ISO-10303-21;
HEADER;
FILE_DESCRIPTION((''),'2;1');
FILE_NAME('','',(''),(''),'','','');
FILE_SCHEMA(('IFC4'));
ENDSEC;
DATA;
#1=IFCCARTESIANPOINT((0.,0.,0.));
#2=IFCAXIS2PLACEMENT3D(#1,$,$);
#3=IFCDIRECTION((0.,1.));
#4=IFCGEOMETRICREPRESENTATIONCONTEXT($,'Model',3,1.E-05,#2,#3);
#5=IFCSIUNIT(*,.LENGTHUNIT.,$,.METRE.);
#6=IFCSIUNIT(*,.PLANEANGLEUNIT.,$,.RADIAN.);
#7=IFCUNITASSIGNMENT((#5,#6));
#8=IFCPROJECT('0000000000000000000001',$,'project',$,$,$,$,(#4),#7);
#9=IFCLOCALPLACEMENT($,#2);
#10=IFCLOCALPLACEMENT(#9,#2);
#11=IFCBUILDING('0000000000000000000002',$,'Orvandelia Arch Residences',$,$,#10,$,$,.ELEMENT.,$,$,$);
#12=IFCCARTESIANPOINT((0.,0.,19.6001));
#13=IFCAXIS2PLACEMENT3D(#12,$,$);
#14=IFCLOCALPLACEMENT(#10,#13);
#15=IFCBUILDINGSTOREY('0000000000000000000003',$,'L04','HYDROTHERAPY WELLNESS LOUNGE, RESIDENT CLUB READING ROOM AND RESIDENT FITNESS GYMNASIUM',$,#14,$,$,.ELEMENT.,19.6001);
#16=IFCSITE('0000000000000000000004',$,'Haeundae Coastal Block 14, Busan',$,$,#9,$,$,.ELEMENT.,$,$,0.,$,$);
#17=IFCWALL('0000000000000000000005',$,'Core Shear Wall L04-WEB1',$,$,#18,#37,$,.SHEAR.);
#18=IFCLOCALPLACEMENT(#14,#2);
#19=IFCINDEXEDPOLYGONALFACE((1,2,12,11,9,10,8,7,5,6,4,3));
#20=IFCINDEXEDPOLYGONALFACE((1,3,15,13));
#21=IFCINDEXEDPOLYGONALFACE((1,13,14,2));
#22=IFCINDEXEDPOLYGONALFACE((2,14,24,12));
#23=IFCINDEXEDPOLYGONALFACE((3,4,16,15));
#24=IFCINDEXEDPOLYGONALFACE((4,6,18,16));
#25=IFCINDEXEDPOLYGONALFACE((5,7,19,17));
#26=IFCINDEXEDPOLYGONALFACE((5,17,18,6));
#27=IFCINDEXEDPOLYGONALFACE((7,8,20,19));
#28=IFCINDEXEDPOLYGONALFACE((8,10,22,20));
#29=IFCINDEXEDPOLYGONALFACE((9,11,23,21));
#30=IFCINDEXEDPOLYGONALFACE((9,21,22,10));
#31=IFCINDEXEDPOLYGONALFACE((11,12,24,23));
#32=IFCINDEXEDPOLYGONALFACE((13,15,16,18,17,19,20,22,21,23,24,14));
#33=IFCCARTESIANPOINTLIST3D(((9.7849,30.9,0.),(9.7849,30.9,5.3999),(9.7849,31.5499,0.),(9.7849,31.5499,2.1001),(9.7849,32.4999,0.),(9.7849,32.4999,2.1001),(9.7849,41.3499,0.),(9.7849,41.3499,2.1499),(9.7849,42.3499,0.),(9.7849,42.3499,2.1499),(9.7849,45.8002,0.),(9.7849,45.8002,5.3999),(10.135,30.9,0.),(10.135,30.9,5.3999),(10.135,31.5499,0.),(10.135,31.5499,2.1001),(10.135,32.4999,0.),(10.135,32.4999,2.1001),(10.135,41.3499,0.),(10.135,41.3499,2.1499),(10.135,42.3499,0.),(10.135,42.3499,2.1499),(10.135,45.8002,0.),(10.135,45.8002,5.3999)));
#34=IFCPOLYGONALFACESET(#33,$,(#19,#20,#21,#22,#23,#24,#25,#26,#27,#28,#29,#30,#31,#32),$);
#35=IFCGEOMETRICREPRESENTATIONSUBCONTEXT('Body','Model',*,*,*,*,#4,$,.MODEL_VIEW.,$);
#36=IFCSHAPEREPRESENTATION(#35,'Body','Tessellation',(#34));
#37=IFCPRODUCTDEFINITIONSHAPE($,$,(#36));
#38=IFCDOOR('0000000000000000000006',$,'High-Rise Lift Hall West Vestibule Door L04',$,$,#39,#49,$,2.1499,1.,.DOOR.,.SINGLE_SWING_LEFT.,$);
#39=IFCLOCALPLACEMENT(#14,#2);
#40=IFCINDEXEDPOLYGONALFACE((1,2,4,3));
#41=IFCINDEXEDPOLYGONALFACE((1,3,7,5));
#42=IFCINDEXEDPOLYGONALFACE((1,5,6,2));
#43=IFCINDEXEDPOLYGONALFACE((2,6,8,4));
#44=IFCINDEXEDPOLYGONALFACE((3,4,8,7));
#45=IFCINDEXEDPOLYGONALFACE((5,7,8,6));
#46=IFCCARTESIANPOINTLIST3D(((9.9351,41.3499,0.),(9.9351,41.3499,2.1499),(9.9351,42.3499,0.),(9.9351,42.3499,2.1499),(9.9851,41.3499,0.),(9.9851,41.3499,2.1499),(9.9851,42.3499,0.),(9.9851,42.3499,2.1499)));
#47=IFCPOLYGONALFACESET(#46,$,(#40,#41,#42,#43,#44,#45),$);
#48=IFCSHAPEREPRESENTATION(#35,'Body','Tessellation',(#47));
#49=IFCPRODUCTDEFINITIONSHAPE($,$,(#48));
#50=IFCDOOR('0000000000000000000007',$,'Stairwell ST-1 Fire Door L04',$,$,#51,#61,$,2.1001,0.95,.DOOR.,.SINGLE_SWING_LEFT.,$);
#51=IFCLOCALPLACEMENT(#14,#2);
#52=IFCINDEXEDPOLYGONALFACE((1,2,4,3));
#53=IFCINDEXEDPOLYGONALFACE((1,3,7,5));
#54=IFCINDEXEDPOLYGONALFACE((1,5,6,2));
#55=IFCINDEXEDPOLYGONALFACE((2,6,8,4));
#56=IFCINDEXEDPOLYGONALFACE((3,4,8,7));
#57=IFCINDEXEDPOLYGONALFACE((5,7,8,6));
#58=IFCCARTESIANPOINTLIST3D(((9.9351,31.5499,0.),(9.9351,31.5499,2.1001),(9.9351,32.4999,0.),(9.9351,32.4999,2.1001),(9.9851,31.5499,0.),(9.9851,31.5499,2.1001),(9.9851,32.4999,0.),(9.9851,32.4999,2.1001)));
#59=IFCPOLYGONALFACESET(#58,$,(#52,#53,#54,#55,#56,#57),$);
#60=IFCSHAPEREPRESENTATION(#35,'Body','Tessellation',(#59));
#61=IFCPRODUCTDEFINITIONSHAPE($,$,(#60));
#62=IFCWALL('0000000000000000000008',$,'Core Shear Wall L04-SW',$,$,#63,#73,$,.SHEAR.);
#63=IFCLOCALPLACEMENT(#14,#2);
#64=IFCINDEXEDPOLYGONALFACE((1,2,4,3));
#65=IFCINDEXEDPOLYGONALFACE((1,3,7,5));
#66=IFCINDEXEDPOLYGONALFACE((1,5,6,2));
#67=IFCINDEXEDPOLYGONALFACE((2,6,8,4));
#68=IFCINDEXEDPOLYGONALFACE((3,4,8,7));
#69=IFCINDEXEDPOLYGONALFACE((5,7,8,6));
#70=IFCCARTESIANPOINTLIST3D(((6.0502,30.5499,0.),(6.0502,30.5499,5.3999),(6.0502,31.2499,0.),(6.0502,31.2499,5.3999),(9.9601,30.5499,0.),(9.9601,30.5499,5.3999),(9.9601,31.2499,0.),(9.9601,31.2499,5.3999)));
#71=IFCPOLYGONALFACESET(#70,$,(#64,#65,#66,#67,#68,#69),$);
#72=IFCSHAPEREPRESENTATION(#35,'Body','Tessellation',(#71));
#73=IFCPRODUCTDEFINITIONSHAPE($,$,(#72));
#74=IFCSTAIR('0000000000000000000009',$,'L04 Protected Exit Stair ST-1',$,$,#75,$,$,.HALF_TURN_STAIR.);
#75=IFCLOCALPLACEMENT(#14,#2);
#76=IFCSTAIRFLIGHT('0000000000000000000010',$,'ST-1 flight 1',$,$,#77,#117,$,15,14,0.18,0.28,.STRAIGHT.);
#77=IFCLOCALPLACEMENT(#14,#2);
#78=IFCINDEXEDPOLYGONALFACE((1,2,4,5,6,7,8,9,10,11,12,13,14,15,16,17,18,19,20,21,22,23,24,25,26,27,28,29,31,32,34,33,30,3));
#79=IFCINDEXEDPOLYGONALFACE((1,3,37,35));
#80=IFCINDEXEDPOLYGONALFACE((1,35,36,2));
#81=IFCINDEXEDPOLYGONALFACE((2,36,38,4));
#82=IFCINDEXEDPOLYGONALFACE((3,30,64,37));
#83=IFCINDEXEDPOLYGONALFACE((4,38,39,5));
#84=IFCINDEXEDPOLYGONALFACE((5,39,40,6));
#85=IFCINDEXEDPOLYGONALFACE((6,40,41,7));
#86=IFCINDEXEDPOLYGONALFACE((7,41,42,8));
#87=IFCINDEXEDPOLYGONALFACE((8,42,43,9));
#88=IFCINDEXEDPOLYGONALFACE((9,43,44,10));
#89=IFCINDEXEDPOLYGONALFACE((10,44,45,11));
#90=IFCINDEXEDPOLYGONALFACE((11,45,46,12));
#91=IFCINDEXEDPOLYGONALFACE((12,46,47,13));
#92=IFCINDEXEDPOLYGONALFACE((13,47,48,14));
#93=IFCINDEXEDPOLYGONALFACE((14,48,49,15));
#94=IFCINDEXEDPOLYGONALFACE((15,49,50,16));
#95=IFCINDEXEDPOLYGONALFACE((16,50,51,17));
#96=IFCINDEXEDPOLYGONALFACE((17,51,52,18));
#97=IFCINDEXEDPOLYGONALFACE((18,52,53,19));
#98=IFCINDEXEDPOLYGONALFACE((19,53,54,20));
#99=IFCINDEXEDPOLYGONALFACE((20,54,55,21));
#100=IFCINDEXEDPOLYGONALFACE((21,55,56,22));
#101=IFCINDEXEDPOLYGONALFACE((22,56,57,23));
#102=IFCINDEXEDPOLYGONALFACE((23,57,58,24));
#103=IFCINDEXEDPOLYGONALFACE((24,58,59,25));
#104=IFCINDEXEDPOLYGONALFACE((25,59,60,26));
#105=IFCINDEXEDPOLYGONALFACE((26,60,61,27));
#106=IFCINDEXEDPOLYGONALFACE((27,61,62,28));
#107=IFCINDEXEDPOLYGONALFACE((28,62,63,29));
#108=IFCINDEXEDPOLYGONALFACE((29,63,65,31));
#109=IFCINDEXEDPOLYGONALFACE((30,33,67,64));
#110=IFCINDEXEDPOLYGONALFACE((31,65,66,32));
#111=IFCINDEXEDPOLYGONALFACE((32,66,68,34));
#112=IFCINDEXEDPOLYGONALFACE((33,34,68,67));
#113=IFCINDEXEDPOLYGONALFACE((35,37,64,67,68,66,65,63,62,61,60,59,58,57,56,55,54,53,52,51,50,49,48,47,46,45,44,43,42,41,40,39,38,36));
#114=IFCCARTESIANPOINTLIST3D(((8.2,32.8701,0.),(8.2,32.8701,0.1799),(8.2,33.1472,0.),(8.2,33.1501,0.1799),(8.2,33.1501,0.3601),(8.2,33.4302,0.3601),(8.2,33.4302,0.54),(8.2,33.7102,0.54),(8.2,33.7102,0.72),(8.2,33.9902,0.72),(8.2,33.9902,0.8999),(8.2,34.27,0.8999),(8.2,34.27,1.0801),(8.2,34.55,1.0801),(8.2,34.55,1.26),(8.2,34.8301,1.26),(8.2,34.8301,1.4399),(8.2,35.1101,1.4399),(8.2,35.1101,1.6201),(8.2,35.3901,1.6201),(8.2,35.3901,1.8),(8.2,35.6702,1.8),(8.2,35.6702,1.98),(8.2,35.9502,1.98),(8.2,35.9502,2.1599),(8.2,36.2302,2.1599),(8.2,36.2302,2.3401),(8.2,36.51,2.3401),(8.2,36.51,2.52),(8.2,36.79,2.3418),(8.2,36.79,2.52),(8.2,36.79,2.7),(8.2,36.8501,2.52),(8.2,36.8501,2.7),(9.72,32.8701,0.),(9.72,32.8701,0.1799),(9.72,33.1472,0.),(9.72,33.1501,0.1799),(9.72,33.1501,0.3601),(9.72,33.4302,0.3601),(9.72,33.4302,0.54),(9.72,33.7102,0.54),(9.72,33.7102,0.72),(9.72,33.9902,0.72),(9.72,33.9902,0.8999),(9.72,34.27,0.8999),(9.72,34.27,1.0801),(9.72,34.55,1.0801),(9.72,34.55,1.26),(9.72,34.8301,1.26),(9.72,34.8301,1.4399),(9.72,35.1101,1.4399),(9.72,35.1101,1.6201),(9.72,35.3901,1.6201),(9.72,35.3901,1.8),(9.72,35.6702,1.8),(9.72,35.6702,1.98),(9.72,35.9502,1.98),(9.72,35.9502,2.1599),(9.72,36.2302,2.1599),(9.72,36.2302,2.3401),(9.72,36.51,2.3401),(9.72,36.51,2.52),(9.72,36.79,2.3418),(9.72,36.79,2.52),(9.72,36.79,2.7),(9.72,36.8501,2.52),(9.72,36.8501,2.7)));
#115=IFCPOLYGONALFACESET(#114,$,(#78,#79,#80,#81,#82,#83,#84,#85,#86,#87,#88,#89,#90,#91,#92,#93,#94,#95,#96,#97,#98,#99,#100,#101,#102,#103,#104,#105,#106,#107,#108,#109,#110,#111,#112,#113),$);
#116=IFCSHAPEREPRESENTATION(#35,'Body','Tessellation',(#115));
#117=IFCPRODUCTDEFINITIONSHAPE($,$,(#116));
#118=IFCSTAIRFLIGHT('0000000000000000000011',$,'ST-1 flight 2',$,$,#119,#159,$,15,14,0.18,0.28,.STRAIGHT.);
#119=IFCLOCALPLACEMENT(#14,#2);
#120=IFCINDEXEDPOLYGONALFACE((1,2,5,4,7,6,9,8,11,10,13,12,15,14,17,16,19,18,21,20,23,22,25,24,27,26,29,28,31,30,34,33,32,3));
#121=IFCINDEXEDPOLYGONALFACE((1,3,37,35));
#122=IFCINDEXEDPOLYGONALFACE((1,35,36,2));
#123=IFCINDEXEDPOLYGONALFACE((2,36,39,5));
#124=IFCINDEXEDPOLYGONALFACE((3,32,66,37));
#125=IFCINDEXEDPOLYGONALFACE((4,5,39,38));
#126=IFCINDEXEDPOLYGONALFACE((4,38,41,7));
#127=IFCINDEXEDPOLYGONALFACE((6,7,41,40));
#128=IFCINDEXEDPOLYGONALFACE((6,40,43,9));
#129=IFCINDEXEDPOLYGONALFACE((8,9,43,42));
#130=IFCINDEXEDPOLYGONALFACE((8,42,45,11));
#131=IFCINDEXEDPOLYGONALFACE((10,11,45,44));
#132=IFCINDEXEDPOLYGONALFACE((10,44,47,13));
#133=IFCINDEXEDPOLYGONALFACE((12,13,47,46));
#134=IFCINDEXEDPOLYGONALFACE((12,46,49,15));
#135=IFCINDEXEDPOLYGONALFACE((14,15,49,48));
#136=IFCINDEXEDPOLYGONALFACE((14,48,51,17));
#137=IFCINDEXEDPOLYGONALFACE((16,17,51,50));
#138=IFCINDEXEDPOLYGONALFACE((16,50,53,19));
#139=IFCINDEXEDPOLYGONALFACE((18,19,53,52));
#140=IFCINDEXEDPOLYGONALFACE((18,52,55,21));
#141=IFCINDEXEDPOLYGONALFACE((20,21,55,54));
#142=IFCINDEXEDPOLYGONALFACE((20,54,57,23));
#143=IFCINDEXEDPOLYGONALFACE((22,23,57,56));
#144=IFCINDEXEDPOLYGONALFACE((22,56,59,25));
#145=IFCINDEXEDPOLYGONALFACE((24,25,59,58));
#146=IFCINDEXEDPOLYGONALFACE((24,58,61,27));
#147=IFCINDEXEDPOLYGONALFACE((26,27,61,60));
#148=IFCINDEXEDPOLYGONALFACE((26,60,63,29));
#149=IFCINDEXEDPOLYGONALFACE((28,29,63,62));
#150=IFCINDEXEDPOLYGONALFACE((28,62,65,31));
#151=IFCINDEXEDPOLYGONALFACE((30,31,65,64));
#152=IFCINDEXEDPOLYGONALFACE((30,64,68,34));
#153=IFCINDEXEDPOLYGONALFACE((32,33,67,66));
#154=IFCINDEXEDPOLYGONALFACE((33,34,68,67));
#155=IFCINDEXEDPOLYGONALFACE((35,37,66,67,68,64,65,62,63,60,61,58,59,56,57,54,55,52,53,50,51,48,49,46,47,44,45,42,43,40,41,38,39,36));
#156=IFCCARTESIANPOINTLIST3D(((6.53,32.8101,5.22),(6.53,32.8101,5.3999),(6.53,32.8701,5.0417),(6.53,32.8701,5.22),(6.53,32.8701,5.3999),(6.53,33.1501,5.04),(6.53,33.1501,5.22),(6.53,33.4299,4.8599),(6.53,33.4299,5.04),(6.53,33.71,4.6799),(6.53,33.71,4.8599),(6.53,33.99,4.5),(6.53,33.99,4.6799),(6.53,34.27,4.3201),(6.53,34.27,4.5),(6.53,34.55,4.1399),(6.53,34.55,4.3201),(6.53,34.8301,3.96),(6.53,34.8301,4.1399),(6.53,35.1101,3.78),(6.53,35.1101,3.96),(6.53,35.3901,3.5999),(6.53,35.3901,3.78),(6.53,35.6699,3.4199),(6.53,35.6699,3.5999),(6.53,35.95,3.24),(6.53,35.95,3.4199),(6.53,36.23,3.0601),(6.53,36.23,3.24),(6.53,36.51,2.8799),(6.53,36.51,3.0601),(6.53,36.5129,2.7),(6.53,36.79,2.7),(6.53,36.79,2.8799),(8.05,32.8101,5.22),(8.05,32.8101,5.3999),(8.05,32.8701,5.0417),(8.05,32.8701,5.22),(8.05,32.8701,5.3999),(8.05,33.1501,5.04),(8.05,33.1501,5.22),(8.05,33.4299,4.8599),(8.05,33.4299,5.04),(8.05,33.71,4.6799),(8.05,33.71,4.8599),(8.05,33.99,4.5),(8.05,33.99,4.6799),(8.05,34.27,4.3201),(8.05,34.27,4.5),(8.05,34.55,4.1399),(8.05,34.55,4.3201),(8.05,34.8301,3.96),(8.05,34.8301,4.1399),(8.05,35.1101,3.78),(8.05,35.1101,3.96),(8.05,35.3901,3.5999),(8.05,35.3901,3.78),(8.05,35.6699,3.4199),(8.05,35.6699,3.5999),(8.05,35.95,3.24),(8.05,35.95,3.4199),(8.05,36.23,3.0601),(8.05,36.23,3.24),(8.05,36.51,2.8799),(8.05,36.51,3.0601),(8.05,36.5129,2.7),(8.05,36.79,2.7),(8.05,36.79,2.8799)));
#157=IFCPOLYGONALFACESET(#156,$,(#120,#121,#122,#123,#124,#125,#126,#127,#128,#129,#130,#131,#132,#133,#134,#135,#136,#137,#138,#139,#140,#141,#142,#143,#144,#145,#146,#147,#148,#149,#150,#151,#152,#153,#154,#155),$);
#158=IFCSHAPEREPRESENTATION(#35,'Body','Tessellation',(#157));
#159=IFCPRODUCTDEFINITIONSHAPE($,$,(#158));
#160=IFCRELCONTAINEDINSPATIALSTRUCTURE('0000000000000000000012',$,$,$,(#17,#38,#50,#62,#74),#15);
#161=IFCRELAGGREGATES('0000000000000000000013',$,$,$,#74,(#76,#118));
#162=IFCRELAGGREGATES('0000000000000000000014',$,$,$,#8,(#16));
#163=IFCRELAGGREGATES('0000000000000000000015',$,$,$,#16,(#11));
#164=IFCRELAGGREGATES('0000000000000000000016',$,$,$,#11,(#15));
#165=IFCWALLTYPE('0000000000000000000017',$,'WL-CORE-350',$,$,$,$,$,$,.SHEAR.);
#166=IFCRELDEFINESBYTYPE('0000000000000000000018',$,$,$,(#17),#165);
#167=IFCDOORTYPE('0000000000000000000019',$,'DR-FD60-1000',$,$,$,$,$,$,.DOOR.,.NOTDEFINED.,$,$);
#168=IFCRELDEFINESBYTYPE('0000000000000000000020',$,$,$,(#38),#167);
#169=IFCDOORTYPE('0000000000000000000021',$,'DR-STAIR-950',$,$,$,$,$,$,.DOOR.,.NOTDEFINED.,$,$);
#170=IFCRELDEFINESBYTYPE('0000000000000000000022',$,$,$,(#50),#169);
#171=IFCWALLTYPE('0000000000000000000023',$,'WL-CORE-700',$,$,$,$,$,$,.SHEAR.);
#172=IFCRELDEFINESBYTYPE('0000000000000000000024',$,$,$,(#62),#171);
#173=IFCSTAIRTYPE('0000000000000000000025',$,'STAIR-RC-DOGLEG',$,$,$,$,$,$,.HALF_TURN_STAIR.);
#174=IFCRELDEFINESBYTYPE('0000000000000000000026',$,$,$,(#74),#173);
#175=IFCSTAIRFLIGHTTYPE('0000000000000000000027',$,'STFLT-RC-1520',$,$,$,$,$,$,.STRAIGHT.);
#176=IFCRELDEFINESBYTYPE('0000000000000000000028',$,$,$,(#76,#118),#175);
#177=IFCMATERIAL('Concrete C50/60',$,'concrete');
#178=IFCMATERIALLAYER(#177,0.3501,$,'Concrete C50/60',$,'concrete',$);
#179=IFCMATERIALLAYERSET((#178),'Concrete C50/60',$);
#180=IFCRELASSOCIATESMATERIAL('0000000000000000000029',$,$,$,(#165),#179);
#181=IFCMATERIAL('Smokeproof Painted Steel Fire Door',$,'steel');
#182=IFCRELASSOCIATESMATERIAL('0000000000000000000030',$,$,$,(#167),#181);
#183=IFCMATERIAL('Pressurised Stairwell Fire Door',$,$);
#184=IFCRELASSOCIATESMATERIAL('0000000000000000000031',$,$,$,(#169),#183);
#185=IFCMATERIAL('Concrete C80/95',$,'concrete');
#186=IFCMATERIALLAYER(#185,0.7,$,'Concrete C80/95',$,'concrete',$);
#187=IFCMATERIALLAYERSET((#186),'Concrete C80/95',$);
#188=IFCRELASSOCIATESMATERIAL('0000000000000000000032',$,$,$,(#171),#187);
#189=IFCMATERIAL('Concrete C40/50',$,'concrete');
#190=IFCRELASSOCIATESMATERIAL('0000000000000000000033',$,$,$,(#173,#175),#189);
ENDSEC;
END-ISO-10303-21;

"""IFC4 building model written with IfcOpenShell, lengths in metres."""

from ifc_helpers import new_model, si_unit, direction, frame, frame_2d, origin, place, context, subcontext, project, spatial, polyline, rectangle, outline, extrude, material, layer, layer_set, type_object, element, fill, aggregate, save


model = new_model("IFC4")

# Units and contexts
model_context = context("Model", 3, precision=1e-05, world=origin(), true_north=direction((0.0, 1.0)))
body_context = subcontext(model_context, "Body", "Model", "MODEL_VIEW")
ifc_project = project(units=[si_unit("LENGTHUNIT", "METRE"), si_unit("PLANEANGLEUNIT", "RADIAN")], contexts=[model_context])

# Site, building, storey
site_placement = place(None, origin())
site = spatial("IfcSite", under=ifc_project, at=site_placement, Name="Haeundae Coastal Block 14, Busan", CompositionType="ELEMENT", RefElevation=0.0)
building_placement = place(site_placement, origin())
building = spatial("IfcBuilding", under=site, at=building_placement, Name="Orvandelia Arch Residences", CompositionType="ELEMENT")
storey_placement = place(building_placement, frame((0.0, 0.0, 19.6001)))
storey = spatial("IfcBuildingStorey", under=building, at=storey_placement, Name="L04", Description="HYDROTHERAPY WELLNESS LOUNGE, RESIDENT CLUB READING ROOM AND RESIDENT FITNESS GYMNASIUM", CompositionType="ELEMENT", Elevation=19.6001)

# Shared definitions
ifc_material_1 = material(Name="Concrete C80/95", Category="concrete")

# Wall, openings, doors
ifc_material_2 = material(Name="Concrete C50/60", Category="concrete")
ifc_layer_1 = layer(ifc_material_2, 0.3501, Name="Concrete C50/60", Category="concrete")
ifc_layer_set_1 = layer_set([ifc_layer_1], Name="Concrete C50/60")
wall_type_1 = type_object("IfcWallType", Name="WL-CORE-350", PredefinedType="SHEAR", material=ifc_layer_set_1)
wall_1_placement = place(storey_placement, frame((9.96, 30.8999, 0.0), z_axis=(0.0, 0.0, 1.0), x_axis=(0.0, 1.0, 0.0)))
wall_1 = element("IfcWall", 1, at=wall_1_placement, inside=storey, type_object=wall_type_1, Name="Core Shear Wall L04-WEB1", PredefinedType="SHEAR", context=body_context, shape_type="SweptSolid", body=[
    extrude(rectangle(XDim=14.9001, YDim=0.3501, at=frame_2d((7.4502, 0.0))), origin(), (0.0, 0.0, 1.0), 5.3999),
])
opening_1_placement = place(wall_1_placement, frame((0.6499, 0.0, 0.0)))
opening_1 = element("IfcOpeningElement", 2, at=opening_1_placement, cuts=wall_1, PredefinedType="OPENING", context=body_context, shape_type="SweptSolid", body=[
    extrude(rectangle(XDim=0.95, YDim=2.1001, at=frame_2d((0.4751, 1.05))), frame((0.0, 0.1851, 0.0), z_axis=(0.0, -1.0, 0.0), x_axis=(1.0, 0.0, 0.0)), (0.0, 0.0, 1.0), 0.3701),
])
opening_2_placement = place(wall_1_placement, frame((10.45, 0.0, 0.0)))
opening_2 = element("IfcOpeningElement", 3, at=opening_2_placement, cuts=wall_1, PredefinedType="OPENING", context=body_context, shape_type="SweptSolid", body=[
    extrude(rectangle(XDim=1.0, YDim=2.1499, at=frame_2d((0.5, 1.075))), frame((0.0, 0.1851, 0.0), z_axis=(0.0, -1.0, 0.0), x_axis=(1.0, 0.0, 0.0)), (0.0, 0.0, 1.0), 0.3701),
])
ifc_material_3 = material(Name="Smokeproof Painted Steel Fire Door", Category="steel")
door_type_1 = type_object("IfcDoorType", Name="DR-FD60-1000", OperationType="NOTDEFINED", PredefinedType="DOOR", material=ifc_material_3)
door_1_placement = place(opening_2_placement, origin())
door_1 = element("IfcDoor", 4, at=door_1_placement, inside=storey, type_object=door_type_1, Name="High-Rise Lift Hall West Vestibule Door L04", OperationType="SINGLE_SWING_LEFT", OverallHeight=2.1499, OverallWidth=1.0, PredefinedType="DOOR", context=body_context, shape_type="SweptSolid", body=[
    extrude(rectangle(XDim=1.0, YDim=2.1499, at=frame_2d((0.5, 1.075))), frame((0.0, 0.0249, 0.0), z_axis=(0.0, -1.0, 0.0), x_axis=(1.0, 0.0, 0.0)), (0.0, 0.0, 1.0), 0.05),
])
fill(opening_2, door_1)
ifc_material_4 = material(Name="Pressurised Stairwell Fire Door")
door_type_2 = type_object("IfcDoorType", Name="DR-STAIR-950", OperationType="NOTDEFINED", PredefinedType="DOOR", material=ifc_material_4)
door_2_placement = place(opening_1_placement, origin())
door_2 = element("IfcDoor", 5, at=door_2_placement, inside=storey, type_object=door_type_2, Name="Stairwell ST-1 Fire Door L04", OperationType="SINGLE_SWING_LEFT", OverallHeight=2.1001, OverallWidth=0.95, PredefinedType="DOOR", context=body_context, shape_type="SweptSolid", body=[
    extrude(rectangle(XDim=0.95, YDim=2.1001, at=frame_2d((0.4751, 1.05))), frame((0.0, 0.0249, 0.0), z_axis=(0.0, -1.0, 0.0), x_axis=(1.0, 0.0, 0.0)), (0.0, 0.0, 1.0), 0.05),
])
fill(opening_1, door_2)

# Wall
ifc_layer_2 = layer(ifc_material_1, 0.7, Name="Concrete C80/95", Category="concrete")
ifc_layer_set_2 = layer_set([ifc_layer_2], Name="Concrete C80/95")
wall_type_2 = type_object("IfcWallType", Name="WL-CORE-700", PredefinedType="SHEAR", material=ifc_layer_set_2)
wall_2_placement = place(storey_placement, frame((6.05, 30.8999, 0.0), z_axis=(0.0, 0.0, 1.0), x_axis=(1.0, 0.0, 0.0)))
element("IfcWall", 6, at=wall_2_placement, inside=storey, type_object=wall_type_2, Name="Core Shear Wall L04-SW", PredefinedType="SHEAR", context=body_context, shape_type="SweptSolid", body=[
    extrude(rectangle(XDim=3.9099, YDim=0.7, at=frame_2d((1.9551, 0.0))), origin(), (0.0, 0.0, 1.0), 5.3999),
])

# Stair, stair flights
ifc_material_5 = material(Name="Concrete C40/50", Category="concrete")
stair_type = type_object("IfcStairType", Name="STAIR-RC-DOGLEG", PredefinedType="HALF_TURN_STAIR", material=ifc_material_5)
stair_placement = place(storey_placement, origin())
stair = element("IfcStair", 7, at=stair_placement, inside=storey, type_object=stair_type, Name="L04 Protected Exit Stair ST-1", PredefinedType="HALF_TURN_STAIR")
stair_flight_type = type_object("IfcStairFlightType", Name="STFLT-RC-1520", PredefinedType="STRAIGHT", material=ifc_material_5)
stair_flight_1_placement = place(storey_placement, frame((8.96, 32.8701, 0.0), z_axis=(0.0, 0.0, 1.0), x_axis=(0.0, 1.0, 0.0)))
stair_flight_1 = element("IfcStairFlight", 8, at=stair_flight_1_placement, type_object=stair_flight_type, Name="ST-1 flight 1", NumberOfRisers=15, NumberOfTreads=14, PredefinedType="STRAIGHT", RiserHeight=0.18, TreadLength=0.28, context=body_context, shape_type="SweptSolid", body=[
    extrude(outline(polyline([(0.0, 0.0), (0.0, 0.1799), (0.28, 0.1799), (0.28, 0.3601), (0.5601, 0.3601), (0.5601, 0.54), (0.8401, 0.54), (0.8401, 0.72), (1.1201, 0.72), (1.1201, 0.8999), (1.3999, 0.8999), (1.3999, 1.0801), (1.6799, 1.0801), (1.6799, 1.26), (1.96, 1.26), (1.96, 1.4399), (2.24, 1.4399), (2.24, 1.6201), (2.52, 1.6201), (2.52, 1.8), (2.8, 1.8), (2.8, 1.98), (3.0801, 1.98), (3.0801, 2.1599), (3.3601, 2.1599), (3.3601, 2.3401), (3.6399, 2.3401), (3.6399, 2.52), (3.9199, 2.52), (3.9199, 2.7), (3.98, 2.7), (3.98, 2.52), (3.9199, 2.3418), (0.2771, 0.0), (0.0, 0.0)])), frame((0.0, 0.76, 0.0), z_axis=(0.0, -1.0, 0.0), x_axis=(1.0, 0.0, 0.0)), (0.0, 0.0, 1.0), 1.52),
])
stair_flight_2_placement = place(storey_placement, frame((7.29, 36.79, 2.7), z_axis=(0.0, 0.0, 1.0), x_axis=(0.0, -1.0, 0.0)))
stair_flight_2 = element("IfcStairFlight", 9, at=stair_flight_2_placement, type_object=stair_flight_type, Name="ST-1 flight 2", NumberOfRisers=15, NumberOfTreads=14, PredefinedType="STRAIGHT", RiserHeight=0.18, TreadLength=0.28, context=body_context, shape_type="SweptSolid", body=[
    extrude(outline(polyline([(0.0, 0.0), (0.0, 0.1799), (0.28, 0.1799), (0.28, 0.3601), (0.5601, 0.3601), (0.5601, 0.54), (0.8401, 0.54), (0.8401, 0.72), (1.1201, 0.72), (1.1201, 0.8999), (1.3999, 0.8999), (1.3999, 1.0801), (1.6799, 1.0801), (1.6799, 1.26), (1.96, 1.26), (1.96, 1.4399), (2.24, 1.4399), (2.24, 1.6201), (2.52, 1.6201), (2.52, 1.8), (2.8, 1.8), (2.8, 1.98), (3.0801, 1.98), (3.0801, 2.1599), (3.3601, 2.1599), (3.3601, 2.3401), (3.6399, 2.3401), (3.6399, 2.52), (3.9199, 2.52), (3.9199, 2.7), (3.98, 2.7), (3.98, 2.52), (3.9199, 2.3418), (0.2771, 0.0), (0.0, 0.0)])), frame((0.0, 0.76, 0.0), z_axis=(0.0, -1.0, 0.0), x_axis=(1.0, 0.0, 0.0)), (0.0, 0.0, 1.0), 1.52),
])
aggregate(stair, [stair_flight_1, stair_flight_2])

save(model, "model.ifc")
